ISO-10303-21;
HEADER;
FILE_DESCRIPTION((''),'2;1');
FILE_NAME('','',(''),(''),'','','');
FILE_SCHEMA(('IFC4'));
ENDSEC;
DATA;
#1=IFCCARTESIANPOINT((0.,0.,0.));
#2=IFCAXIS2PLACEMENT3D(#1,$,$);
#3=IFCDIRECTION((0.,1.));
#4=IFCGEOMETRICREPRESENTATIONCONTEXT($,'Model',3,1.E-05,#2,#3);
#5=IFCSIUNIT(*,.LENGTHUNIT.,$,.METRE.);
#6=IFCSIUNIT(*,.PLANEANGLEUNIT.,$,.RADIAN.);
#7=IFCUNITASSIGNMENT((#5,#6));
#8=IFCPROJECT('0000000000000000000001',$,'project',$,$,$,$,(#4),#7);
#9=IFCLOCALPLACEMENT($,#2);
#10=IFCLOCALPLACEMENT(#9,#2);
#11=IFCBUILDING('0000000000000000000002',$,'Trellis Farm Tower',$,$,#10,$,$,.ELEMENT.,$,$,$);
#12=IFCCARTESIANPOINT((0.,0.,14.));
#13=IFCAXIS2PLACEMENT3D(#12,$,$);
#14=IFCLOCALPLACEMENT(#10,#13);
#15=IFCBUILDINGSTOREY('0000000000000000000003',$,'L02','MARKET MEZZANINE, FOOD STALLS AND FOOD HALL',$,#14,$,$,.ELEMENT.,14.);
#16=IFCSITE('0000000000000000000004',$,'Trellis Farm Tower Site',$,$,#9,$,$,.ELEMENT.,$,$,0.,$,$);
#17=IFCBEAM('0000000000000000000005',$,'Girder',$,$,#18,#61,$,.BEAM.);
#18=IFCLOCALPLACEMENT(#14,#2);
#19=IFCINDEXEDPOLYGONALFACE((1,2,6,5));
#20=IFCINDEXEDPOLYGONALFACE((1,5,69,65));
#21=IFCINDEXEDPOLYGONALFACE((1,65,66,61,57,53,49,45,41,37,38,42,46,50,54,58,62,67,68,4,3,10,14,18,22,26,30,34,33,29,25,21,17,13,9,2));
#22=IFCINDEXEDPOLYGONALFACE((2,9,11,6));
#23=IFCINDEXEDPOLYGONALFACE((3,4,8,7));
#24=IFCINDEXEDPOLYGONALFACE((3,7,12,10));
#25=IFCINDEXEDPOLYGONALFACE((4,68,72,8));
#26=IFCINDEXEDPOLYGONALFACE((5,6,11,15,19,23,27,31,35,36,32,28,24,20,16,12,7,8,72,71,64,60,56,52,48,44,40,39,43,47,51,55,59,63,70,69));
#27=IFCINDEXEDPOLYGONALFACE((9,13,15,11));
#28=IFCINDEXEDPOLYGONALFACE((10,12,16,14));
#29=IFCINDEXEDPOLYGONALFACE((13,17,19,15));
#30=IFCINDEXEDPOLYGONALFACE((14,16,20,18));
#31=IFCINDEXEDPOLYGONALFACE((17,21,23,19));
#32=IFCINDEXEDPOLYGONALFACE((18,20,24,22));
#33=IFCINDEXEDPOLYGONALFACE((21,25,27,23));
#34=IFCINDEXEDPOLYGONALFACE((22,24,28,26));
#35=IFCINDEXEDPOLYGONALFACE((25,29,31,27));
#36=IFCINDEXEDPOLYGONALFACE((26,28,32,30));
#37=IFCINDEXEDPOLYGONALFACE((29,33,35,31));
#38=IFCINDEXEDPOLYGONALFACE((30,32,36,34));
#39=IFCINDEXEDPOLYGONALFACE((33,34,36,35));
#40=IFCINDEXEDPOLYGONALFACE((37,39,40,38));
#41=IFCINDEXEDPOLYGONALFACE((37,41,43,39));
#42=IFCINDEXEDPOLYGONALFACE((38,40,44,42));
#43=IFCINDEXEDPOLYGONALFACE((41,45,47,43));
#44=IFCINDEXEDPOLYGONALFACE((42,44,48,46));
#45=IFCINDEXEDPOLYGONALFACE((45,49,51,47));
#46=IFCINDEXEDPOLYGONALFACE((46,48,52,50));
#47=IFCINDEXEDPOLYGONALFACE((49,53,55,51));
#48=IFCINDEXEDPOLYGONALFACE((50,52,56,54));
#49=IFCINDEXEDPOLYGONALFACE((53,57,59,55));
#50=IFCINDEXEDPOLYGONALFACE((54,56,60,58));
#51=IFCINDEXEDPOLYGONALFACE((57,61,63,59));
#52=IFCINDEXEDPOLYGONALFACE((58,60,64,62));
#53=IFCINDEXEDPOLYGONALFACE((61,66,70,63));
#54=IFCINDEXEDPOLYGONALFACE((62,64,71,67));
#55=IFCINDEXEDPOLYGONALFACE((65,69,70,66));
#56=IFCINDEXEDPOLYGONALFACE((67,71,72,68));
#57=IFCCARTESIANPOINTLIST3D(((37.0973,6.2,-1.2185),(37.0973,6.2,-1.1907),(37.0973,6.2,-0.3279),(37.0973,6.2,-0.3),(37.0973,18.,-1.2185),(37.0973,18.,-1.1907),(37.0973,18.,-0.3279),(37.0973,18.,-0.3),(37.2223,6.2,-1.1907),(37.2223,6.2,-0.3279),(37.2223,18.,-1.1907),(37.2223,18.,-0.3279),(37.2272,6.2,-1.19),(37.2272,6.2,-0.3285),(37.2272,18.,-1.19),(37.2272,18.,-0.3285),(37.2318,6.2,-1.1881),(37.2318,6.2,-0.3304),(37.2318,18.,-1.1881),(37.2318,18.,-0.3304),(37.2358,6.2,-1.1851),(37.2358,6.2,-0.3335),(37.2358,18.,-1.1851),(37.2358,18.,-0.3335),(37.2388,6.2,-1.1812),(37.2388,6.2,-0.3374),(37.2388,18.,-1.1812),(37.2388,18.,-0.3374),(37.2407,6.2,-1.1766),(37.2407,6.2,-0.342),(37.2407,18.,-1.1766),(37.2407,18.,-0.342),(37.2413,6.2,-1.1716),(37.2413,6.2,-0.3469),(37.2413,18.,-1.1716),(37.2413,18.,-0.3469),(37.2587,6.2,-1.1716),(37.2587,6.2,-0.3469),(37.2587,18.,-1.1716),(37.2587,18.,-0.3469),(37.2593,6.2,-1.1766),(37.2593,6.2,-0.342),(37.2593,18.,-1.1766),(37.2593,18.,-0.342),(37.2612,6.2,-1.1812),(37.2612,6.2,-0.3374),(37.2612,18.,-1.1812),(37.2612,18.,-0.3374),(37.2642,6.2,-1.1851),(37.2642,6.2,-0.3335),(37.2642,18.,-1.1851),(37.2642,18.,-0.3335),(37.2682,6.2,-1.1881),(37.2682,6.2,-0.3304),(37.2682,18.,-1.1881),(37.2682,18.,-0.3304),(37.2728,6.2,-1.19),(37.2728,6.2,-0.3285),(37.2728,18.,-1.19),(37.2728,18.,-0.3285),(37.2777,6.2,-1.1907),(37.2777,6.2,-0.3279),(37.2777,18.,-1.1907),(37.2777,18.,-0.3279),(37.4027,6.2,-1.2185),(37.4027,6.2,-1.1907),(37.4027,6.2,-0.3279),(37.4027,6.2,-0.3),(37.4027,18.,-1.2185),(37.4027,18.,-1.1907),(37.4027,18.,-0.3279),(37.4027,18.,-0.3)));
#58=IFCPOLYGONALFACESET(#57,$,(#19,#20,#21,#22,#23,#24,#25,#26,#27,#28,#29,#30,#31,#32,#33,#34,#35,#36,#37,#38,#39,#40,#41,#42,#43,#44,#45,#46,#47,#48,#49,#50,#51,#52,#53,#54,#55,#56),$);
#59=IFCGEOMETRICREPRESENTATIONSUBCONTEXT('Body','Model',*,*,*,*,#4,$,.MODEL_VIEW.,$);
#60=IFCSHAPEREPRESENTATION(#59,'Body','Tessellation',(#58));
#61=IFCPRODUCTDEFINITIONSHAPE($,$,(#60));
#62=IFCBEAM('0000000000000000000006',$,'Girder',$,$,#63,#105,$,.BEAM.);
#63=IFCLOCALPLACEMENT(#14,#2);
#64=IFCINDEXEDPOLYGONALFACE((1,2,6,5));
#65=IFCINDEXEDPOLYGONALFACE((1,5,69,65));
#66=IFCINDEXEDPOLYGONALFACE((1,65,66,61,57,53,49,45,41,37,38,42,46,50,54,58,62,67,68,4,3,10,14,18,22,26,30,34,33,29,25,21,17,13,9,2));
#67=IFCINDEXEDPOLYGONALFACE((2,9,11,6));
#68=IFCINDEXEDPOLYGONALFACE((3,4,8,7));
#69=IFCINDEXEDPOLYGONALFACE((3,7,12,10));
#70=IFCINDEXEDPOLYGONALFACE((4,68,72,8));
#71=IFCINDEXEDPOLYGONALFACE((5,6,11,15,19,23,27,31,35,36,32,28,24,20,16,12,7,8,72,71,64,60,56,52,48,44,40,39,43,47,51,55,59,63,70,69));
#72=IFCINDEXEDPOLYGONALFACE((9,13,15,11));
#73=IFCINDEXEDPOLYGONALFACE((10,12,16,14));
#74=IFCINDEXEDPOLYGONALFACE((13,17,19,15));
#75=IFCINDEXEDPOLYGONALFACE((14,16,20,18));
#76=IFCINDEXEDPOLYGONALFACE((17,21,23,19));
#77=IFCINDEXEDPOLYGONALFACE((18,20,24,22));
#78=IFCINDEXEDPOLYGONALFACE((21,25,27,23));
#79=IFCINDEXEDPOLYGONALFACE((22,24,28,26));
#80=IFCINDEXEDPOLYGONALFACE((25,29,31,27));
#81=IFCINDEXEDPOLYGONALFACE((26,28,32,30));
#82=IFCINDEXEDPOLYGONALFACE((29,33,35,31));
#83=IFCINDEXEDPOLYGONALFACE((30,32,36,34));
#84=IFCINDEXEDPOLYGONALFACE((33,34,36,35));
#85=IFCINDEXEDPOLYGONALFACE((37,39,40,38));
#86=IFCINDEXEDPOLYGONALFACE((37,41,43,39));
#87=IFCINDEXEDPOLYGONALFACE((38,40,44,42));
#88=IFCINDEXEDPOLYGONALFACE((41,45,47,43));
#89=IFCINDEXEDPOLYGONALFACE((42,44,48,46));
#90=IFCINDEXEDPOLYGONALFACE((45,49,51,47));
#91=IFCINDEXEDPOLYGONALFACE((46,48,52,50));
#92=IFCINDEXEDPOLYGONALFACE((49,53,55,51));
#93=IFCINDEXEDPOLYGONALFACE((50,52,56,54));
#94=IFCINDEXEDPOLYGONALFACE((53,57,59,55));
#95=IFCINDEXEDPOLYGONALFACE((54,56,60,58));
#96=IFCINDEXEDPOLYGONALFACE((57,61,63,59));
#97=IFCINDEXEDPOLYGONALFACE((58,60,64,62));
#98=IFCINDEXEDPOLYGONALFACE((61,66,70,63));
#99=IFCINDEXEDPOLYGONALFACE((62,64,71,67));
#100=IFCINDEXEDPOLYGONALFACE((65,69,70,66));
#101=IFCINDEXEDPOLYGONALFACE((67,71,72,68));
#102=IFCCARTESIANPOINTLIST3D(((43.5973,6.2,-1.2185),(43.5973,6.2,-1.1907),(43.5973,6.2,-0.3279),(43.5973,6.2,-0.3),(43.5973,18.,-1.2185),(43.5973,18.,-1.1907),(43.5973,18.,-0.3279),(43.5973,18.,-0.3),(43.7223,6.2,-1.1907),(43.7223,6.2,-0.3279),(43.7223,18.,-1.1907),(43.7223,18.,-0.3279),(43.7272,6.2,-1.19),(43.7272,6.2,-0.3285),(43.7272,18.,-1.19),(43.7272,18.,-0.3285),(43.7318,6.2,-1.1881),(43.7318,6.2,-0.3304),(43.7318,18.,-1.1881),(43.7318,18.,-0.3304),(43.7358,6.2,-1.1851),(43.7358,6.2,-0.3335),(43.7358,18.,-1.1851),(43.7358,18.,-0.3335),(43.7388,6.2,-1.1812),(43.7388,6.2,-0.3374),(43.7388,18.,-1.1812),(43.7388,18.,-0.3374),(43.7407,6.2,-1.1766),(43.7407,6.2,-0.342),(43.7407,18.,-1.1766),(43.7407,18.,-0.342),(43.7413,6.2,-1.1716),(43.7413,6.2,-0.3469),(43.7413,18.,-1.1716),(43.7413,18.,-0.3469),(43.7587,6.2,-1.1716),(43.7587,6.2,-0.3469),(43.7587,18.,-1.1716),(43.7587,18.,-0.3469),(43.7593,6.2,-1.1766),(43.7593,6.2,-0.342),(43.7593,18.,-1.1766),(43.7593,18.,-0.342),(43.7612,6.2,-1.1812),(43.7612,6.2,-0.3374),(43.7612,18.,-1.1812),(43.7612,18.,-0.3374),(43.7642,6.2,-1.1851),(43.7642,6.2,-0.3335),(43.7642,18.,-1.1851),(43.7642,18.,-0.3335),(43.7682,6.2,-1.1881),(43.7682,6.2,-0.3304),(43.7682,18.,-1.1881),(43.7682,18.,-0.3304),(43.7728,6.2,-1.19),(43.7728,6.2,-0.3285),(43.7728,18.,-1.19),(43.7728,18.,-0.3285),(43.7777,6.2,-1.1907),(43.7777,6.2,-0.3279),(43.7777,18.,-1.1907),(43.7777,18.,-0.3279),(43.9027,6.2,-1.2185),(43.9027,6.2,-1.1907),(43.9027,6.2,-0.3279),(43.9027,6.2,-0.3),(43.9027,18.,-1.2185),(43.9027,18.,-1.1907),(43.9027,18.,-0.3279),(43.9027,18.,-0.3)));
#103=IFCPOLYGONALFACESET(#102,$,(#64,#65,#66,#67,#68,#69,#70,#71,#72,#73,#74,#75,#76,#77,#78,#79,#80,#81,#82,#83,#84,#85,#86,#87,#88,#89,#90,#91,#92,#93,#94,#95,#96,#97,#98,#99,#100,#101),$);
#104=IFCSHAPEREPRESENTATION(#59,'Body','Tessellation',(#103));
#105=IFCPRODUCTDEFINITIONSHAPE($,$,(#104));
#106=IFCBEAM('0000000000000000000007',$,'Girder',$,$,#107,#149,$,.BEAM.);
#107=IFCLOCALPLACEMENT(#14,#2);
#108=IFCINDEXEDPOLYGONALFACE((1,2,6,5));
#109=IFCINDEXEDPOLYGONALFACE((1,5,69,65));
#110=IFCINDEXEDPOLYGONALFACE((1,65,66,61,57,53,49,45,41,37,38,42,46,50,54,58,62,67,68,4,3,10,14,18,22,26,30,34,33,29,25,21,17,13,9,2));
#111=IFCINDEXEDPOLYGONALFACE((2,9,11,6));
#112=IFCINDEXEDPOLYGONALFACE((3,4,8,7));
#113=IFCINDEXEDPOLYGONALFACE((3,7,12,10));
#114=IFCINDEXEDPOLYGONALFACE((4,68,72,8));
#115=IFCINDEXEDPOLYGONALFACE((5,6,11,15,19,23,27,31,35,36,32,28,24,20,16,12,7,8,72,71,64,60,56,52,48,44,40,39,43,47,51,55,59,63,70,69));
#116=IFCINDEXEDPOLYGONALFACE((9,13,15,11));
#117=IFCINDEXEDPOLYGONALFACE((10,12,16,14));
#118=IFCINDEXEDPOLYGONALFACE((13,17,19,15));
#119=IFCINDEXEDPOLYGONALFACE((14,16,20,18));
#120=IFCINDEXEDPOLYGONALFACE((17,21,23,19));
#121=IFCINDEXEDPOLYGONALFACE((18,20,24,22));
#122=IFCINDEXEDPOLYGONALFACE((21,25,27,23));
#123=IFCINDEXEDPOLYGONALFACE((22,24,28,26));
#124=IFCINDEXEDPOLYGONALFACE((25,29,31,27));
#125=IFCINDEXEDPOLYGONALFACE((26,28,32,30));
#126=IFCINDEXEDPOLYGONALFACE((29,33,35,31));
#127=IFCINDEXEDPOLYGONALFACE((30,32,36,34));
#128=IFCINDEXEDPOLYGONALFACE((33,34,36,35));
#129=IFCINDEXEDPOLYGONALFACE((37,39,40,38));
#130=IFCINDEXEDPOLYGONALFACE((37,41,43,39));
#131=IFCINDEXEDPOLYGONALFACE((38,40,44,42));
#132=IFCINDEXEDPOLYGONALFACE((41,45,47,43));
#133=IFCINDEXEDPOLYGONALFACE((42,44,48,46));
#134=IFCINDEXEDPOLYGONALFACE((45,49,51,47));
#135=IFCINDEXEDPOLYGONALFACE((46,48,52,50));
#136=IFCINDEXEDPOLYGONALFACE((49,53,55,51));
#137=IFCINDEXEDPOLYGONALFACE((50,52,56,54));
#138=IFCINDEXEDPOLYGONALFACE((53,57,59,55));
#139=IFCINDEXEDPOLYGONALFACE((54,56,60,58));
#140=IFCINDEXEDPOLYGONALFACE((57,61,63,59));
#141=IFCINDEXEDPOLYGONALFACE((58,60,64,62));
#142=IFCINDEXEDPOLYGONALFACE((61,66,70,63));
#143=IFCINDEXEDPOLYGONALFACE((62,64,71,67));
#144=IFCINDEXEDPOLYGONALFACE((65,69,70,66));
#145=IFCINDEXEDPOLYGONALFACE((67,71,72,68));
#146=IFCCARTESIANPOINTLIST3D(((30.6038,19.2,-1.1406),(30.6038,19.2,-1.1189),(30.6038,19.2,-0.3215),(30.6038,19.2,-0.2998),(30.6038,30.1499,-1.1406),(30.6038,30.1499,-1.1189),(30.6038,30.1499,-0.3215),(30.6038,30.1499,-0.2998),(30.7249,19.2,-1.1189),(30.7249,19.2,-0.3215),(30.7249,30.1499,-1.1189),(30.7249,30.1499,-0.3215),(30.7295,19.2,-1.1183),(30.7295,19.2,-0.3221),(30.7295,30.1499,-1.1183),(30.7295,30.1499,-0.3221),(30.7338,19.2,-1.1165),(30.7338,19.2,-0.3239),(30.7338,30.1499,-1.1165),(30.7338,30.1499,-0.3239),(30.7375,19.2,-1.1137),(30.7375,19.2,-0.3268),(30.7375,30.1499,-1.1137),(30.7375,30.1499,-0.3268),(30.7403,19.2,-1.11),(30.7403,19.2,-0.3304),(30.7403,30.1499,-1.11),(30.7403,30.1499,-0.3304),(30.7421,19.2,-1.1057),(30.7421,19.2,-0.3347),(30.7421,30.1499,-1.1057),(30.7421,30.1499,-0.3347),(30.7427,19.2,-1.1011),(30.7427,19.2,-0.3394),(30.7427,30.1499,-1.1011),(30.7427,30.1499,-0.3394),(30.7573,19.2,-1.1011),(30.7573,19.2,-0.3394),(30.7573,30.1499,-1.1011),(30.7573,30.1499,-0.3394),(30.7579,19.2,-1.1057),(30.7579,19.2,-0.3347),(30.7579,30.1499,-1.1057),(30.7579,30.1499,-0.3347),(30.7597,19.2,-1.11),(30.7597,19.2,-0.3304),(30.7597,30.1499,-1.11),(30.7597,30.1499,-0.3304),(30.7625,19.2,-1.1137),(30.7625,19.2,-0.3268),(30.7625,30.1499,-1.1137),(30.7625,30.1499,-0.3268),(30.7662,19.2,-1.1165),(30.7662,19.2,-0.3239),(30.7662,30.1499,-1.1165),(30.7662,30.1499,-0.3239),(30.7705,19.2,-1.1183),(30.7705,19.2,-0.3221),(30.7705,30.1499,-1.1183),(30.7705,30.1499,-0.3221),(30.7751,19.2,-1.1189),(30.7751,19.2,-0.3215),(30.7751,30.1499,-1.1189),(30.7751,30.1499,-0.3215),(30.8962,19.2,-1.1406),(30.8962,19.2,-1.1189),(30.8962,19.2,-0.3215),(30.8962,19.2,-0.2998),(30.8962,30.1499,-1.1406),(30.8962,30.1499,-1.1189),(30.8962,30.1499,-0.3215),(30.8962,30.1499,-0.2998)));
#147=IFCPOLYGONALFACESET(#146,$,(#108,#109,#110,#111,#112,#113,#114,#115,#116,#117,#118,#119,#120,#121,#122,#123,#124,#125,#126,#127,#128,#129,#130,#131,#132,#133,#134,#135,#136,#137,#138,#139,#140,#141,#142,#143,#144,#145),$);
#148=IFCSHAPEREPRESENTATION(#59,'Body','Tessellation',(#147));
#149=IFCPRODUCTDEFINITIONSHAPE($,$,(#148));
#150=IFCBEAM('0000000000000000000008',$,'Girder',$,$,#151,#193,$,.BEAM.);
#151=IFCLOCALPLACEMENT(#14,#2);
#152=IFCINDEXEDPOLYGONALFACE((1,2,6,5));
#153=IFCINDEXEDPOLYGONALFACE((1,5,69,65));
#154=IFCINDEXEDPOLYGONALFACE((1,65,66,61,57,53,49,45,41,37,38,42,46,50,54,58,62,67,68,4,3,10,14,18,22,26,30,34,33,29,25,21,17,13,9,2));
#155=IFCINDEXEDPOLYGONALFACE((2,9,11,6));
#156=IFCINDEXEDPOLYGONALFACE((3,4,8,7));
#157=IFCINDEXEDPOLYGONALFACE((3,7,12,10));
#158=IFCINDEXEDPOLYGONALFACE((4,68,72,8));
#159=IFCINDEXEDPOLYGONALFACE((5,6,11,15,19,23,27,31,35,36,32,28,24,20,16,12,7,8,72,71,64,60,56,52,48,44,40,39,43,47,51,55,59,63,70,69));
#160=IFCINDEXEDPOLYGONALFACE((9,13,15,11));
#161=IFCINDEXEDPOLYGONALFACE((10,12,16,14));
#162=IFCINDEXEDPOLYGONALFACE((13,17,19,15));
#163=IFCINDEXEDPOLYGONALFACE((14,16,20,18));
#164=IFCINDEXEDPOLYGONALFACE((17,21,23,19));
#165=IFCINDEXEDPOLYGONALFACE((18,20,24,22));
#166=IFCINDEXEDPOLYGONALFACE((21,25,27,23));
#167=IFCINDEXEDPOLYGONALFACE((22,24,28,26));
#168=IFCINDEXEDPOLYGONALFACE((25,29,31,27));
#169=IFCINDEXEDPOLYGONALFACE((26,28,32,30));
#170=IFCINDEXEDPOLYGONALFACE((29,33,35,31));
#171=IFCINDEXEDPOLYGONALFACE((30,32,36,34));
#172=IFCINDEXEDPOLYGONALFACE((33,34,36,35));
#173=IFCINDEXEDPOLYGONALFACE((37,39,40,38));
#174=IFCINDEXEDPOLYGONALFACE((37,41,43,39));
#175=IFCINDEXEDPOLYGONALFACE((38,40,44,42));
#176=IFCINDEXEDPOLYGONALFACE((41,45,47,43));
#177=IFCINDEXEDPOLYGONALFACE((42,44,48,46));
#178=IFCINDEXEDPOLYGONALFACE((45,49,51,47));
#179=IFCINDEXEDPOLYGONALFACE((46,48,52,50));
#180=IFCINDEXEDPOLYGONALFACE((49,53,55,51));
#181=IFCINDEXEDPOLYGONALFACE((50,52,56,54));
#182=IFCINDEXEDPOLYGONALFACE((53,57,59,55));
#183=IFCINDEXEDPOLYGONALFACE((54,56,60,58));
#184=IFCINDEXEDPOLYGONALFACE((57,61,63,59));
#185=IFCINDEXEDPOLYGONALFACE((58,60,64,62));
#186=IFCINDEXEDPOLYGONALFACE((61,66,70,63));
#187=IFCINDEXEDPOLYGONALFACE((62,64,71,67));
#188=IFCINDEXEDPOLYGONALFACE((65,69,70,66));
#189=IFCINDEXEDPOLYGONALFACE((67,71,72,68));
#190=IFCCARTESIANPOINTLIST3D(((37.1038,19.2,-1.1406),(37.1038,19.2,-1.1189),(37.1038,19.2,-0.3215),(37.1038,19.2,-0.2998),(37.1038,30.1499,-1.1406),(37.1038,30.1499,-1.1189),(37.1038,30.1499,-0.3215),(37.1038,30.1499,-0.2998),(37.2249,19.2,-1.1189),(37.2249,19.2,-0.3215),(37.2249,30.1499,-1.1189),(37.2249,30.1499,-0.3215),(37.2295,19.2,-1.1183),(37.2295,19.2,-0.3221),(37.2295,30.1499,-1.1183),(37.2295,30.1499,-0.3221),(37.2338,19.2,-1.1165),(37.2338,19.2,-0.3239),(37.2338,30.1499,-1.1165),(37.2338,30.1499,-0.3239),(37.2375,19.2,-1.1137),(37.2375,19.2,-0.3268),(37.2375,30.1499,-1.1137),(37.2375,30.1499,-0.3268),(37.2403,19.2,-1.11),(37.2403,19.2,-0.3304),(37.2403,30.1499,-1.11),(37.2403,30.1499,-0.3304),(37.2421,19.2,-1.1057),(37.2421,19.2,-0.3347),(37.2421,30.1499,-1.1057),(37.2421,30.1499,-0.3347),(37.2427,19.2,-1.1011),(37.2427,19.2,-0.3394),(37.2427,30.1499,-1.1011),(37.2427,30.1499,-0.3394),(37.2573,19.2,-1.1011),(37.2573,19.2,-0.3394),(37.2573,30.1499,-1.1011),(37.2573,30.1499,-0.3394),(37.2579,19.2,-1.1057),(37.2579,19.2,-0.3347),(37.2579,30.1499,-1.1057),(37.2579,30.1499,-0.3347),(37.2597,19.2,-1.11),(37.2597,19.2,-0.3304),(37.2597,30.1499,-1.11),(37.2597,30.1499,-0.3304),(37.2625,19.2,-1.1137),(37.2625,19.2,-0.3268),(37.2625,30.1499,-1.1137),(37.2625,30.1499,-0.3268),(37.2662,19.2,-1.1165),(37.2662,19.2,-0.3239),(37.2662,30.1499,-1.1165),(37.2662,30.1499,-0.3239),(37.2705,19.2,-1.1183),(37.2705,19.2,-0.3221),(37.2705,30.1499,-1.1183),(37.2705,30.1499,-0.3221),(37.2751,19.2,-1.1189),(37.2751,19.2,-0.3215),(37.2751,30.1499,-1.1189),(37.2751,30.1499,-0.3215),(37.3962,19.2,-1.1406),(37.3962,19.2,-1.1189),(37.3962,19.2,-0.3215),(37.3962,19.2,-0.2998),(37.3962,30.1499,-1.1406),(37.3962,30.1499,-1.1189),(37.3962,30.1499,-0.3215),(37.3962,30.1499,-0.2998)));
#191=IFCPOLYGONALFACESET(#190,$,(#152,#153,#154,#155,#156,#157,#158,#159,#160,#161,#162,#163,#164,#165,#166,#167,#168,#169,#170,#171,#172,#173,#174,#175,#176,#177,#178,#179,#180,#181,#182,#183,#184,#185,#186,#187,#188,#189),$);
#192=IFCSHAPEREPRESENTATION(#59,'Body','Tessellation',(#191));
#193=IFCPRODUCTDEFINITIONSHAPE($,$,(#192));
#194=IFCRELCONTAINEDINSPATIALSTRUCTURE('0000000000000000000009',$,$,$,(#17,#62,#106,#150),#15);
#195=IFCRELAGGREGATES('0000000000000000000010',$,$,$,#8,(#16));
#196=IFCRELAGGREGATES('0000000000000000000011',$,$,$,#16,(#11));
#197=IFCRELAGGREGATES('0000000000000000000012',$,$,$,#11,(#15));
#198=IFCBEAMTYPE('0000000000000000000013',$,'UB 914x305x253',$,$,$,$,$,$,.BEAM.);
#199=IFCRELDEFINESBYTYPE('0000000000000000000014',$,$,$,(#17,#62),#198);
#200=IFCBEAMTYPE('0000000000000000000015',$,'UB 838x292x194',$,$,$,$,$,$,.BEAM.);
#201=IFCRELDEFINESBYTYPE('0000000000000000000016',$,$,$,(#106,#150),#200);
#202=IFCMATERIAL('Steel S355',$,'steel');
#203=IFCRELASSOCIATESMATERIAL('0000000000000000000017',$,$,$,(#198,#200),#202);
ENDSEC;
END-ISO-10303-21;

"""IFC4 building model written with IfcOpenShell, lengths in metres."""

from ifc_helpers import new_model, si_unit, direction, frame, origin, origin_2d, place, context, subcontext, project, spatial, i_section, extrude, source, transform, mapped, material, material_profile, profile_set, type_object, element, save


model = new_model("IFC4")

# Units and contexts
model_context = context("Model", 3, precision=1e-05, world=origin(), true_north=direction((0.0, 1.0)))
body_context = subcontext(model_context, "Body", "Model", "MODEL_VIEW")
ifc_project = project(units=[si_unit("LENGTHUNIT", "METRE"), si_unit("PLANEANGLEUNIT", "RADIAN")], contexts=[model_context])

# Site, building, storey
site_placement = place(None, origin())
site = spatial("IfcSite", under=ifc_project, at=site_placement, Name="Trellis Farm Tower Site", CompositionType="ELEMENT", RefElevation=0.0)
building_placement = place(site_placement, origin())
building = spatial("IfcBuilding", under=site, at=building_placement, Name="Trellis Farm Tower", CompositionType="ELEMENT")
storey_placement = place(building_placement, frame((0.0, 0.0, 14.0)))
storey = spatial("IfcBuildingStorey", under=building, at=storey_placement, Name="L02", Description="MARKET MEZZANINE, FOOD STALLS AND FOOD HALL", CompositionType="ELEMENT", Elevation=14.0)

# Beams
ifc_material_1 = material(Name="Steel S355", Category="steel")
ifc_material_profile_1 = material_profile(ifc_material_1, i_section(OverallWidth=0.3054, OverallDepth=0.9185, WebThickness=0.0173, FlangeThickness=0.0278, FilletRadius=0.019, at=origin_2d()), Name="UB 914x305x253")
ifc_profile_set_1 = profile_set([ifc_material_profile_1], Name="Steel S355")
beam_type_1 = type_object("IfcBeamType", Name="UB 914x305x253", PredefinedType="BEAM", material=ifc_profile_set_1)
shared_shape_1 = source(origin(), body_context, "Body", "SweptSolid", [
    extrude(i_section(OverallWidth=0.3054, OverallDepth=0.9185, WebThickness=0.0173, FlangeThickness=0.0278, FilletRadius=0.019, at=origin_2d()), origin(), (0.0, 0.0, 1.0), 11.8),
])
for number, where, z_axis, x_axis, name in (
    (1, (37.25, 6.2, -0.7593), (0.0, 1.0, 0.0), (-1.0, 0.0, 0.0), "Girder"),
    (2, (43.75, 6.2, -0.7593), (0.0, 1.0, 0.0), (-1.0, 0.0, 0.0), "Girder"),
):
    element("IfcBeam", number, at=place(storey_placement, frame(where, z_axis=z_axis, x_axis=x_axis)), inside=storey, type_object=beam_type_1, Name=name, PredefinedType="BEAM", context=body_context, shape_type="MappedRepresentation", body=[
        mapped(shared_shape_1, transform((0.0, 0.0, 0.0))),
    ])
ifc_material_profile_2 = material_profile(ifc_material_1, i_section(OverallWidth=0.2925, OverallDepth=0.8408, WebThickness=0.0146, FlangeThickness=0.0217, FilletRadius=0.0178, at=origin_2d()), Name="UB 838x292x194")
ifc_profile_set_2 = profile_set([ifc_material_profile_2], Name="Steel S355")
beam_type_2 = type_object("IfcBeamType", Name="UB 838x292x194", PredefinedType="BEAM", material=ifc_profile_set_2)
shared_shape_2 = source(origin(), body_context, "Body", "SweptSolid", [
    extrude(i_section(OverallWidth=0.2925, OverallDepth=0.8408, WebThickness=0.0146, FlangeThickness=0.0217, FilletRadius=0.0178, at=origin_2d()), origin(), (0.0, 0.0, 1.0), 10.95),
])
for number, where, z_axis, x_axis, name in (
    (3, (30.75, 19.2, -0.7202), (0.0, 1.0, 0.0), (-1.0, 0.0, 0.0), "Girder"),
    (4, (37.25, 19.2, -0.7202), (0.0, 1.0, 0.0), (-1.0, 0.0, 0.0), "Girder"),
):
    element("IfcBeam", number, at=place(storey_placement, frame(where, z_axis=z_axis, x_axis=x_axis)), inside=storey, type_object=beam_type_2, Name=name, PredefinedType="BEAM", context=body_context, shape_type="MappedRepresentation", body=[
        mapped(shared_shape_2, transform((0.0, 0.0, 0.0))),
    ])

save(model, "model.ifc")
